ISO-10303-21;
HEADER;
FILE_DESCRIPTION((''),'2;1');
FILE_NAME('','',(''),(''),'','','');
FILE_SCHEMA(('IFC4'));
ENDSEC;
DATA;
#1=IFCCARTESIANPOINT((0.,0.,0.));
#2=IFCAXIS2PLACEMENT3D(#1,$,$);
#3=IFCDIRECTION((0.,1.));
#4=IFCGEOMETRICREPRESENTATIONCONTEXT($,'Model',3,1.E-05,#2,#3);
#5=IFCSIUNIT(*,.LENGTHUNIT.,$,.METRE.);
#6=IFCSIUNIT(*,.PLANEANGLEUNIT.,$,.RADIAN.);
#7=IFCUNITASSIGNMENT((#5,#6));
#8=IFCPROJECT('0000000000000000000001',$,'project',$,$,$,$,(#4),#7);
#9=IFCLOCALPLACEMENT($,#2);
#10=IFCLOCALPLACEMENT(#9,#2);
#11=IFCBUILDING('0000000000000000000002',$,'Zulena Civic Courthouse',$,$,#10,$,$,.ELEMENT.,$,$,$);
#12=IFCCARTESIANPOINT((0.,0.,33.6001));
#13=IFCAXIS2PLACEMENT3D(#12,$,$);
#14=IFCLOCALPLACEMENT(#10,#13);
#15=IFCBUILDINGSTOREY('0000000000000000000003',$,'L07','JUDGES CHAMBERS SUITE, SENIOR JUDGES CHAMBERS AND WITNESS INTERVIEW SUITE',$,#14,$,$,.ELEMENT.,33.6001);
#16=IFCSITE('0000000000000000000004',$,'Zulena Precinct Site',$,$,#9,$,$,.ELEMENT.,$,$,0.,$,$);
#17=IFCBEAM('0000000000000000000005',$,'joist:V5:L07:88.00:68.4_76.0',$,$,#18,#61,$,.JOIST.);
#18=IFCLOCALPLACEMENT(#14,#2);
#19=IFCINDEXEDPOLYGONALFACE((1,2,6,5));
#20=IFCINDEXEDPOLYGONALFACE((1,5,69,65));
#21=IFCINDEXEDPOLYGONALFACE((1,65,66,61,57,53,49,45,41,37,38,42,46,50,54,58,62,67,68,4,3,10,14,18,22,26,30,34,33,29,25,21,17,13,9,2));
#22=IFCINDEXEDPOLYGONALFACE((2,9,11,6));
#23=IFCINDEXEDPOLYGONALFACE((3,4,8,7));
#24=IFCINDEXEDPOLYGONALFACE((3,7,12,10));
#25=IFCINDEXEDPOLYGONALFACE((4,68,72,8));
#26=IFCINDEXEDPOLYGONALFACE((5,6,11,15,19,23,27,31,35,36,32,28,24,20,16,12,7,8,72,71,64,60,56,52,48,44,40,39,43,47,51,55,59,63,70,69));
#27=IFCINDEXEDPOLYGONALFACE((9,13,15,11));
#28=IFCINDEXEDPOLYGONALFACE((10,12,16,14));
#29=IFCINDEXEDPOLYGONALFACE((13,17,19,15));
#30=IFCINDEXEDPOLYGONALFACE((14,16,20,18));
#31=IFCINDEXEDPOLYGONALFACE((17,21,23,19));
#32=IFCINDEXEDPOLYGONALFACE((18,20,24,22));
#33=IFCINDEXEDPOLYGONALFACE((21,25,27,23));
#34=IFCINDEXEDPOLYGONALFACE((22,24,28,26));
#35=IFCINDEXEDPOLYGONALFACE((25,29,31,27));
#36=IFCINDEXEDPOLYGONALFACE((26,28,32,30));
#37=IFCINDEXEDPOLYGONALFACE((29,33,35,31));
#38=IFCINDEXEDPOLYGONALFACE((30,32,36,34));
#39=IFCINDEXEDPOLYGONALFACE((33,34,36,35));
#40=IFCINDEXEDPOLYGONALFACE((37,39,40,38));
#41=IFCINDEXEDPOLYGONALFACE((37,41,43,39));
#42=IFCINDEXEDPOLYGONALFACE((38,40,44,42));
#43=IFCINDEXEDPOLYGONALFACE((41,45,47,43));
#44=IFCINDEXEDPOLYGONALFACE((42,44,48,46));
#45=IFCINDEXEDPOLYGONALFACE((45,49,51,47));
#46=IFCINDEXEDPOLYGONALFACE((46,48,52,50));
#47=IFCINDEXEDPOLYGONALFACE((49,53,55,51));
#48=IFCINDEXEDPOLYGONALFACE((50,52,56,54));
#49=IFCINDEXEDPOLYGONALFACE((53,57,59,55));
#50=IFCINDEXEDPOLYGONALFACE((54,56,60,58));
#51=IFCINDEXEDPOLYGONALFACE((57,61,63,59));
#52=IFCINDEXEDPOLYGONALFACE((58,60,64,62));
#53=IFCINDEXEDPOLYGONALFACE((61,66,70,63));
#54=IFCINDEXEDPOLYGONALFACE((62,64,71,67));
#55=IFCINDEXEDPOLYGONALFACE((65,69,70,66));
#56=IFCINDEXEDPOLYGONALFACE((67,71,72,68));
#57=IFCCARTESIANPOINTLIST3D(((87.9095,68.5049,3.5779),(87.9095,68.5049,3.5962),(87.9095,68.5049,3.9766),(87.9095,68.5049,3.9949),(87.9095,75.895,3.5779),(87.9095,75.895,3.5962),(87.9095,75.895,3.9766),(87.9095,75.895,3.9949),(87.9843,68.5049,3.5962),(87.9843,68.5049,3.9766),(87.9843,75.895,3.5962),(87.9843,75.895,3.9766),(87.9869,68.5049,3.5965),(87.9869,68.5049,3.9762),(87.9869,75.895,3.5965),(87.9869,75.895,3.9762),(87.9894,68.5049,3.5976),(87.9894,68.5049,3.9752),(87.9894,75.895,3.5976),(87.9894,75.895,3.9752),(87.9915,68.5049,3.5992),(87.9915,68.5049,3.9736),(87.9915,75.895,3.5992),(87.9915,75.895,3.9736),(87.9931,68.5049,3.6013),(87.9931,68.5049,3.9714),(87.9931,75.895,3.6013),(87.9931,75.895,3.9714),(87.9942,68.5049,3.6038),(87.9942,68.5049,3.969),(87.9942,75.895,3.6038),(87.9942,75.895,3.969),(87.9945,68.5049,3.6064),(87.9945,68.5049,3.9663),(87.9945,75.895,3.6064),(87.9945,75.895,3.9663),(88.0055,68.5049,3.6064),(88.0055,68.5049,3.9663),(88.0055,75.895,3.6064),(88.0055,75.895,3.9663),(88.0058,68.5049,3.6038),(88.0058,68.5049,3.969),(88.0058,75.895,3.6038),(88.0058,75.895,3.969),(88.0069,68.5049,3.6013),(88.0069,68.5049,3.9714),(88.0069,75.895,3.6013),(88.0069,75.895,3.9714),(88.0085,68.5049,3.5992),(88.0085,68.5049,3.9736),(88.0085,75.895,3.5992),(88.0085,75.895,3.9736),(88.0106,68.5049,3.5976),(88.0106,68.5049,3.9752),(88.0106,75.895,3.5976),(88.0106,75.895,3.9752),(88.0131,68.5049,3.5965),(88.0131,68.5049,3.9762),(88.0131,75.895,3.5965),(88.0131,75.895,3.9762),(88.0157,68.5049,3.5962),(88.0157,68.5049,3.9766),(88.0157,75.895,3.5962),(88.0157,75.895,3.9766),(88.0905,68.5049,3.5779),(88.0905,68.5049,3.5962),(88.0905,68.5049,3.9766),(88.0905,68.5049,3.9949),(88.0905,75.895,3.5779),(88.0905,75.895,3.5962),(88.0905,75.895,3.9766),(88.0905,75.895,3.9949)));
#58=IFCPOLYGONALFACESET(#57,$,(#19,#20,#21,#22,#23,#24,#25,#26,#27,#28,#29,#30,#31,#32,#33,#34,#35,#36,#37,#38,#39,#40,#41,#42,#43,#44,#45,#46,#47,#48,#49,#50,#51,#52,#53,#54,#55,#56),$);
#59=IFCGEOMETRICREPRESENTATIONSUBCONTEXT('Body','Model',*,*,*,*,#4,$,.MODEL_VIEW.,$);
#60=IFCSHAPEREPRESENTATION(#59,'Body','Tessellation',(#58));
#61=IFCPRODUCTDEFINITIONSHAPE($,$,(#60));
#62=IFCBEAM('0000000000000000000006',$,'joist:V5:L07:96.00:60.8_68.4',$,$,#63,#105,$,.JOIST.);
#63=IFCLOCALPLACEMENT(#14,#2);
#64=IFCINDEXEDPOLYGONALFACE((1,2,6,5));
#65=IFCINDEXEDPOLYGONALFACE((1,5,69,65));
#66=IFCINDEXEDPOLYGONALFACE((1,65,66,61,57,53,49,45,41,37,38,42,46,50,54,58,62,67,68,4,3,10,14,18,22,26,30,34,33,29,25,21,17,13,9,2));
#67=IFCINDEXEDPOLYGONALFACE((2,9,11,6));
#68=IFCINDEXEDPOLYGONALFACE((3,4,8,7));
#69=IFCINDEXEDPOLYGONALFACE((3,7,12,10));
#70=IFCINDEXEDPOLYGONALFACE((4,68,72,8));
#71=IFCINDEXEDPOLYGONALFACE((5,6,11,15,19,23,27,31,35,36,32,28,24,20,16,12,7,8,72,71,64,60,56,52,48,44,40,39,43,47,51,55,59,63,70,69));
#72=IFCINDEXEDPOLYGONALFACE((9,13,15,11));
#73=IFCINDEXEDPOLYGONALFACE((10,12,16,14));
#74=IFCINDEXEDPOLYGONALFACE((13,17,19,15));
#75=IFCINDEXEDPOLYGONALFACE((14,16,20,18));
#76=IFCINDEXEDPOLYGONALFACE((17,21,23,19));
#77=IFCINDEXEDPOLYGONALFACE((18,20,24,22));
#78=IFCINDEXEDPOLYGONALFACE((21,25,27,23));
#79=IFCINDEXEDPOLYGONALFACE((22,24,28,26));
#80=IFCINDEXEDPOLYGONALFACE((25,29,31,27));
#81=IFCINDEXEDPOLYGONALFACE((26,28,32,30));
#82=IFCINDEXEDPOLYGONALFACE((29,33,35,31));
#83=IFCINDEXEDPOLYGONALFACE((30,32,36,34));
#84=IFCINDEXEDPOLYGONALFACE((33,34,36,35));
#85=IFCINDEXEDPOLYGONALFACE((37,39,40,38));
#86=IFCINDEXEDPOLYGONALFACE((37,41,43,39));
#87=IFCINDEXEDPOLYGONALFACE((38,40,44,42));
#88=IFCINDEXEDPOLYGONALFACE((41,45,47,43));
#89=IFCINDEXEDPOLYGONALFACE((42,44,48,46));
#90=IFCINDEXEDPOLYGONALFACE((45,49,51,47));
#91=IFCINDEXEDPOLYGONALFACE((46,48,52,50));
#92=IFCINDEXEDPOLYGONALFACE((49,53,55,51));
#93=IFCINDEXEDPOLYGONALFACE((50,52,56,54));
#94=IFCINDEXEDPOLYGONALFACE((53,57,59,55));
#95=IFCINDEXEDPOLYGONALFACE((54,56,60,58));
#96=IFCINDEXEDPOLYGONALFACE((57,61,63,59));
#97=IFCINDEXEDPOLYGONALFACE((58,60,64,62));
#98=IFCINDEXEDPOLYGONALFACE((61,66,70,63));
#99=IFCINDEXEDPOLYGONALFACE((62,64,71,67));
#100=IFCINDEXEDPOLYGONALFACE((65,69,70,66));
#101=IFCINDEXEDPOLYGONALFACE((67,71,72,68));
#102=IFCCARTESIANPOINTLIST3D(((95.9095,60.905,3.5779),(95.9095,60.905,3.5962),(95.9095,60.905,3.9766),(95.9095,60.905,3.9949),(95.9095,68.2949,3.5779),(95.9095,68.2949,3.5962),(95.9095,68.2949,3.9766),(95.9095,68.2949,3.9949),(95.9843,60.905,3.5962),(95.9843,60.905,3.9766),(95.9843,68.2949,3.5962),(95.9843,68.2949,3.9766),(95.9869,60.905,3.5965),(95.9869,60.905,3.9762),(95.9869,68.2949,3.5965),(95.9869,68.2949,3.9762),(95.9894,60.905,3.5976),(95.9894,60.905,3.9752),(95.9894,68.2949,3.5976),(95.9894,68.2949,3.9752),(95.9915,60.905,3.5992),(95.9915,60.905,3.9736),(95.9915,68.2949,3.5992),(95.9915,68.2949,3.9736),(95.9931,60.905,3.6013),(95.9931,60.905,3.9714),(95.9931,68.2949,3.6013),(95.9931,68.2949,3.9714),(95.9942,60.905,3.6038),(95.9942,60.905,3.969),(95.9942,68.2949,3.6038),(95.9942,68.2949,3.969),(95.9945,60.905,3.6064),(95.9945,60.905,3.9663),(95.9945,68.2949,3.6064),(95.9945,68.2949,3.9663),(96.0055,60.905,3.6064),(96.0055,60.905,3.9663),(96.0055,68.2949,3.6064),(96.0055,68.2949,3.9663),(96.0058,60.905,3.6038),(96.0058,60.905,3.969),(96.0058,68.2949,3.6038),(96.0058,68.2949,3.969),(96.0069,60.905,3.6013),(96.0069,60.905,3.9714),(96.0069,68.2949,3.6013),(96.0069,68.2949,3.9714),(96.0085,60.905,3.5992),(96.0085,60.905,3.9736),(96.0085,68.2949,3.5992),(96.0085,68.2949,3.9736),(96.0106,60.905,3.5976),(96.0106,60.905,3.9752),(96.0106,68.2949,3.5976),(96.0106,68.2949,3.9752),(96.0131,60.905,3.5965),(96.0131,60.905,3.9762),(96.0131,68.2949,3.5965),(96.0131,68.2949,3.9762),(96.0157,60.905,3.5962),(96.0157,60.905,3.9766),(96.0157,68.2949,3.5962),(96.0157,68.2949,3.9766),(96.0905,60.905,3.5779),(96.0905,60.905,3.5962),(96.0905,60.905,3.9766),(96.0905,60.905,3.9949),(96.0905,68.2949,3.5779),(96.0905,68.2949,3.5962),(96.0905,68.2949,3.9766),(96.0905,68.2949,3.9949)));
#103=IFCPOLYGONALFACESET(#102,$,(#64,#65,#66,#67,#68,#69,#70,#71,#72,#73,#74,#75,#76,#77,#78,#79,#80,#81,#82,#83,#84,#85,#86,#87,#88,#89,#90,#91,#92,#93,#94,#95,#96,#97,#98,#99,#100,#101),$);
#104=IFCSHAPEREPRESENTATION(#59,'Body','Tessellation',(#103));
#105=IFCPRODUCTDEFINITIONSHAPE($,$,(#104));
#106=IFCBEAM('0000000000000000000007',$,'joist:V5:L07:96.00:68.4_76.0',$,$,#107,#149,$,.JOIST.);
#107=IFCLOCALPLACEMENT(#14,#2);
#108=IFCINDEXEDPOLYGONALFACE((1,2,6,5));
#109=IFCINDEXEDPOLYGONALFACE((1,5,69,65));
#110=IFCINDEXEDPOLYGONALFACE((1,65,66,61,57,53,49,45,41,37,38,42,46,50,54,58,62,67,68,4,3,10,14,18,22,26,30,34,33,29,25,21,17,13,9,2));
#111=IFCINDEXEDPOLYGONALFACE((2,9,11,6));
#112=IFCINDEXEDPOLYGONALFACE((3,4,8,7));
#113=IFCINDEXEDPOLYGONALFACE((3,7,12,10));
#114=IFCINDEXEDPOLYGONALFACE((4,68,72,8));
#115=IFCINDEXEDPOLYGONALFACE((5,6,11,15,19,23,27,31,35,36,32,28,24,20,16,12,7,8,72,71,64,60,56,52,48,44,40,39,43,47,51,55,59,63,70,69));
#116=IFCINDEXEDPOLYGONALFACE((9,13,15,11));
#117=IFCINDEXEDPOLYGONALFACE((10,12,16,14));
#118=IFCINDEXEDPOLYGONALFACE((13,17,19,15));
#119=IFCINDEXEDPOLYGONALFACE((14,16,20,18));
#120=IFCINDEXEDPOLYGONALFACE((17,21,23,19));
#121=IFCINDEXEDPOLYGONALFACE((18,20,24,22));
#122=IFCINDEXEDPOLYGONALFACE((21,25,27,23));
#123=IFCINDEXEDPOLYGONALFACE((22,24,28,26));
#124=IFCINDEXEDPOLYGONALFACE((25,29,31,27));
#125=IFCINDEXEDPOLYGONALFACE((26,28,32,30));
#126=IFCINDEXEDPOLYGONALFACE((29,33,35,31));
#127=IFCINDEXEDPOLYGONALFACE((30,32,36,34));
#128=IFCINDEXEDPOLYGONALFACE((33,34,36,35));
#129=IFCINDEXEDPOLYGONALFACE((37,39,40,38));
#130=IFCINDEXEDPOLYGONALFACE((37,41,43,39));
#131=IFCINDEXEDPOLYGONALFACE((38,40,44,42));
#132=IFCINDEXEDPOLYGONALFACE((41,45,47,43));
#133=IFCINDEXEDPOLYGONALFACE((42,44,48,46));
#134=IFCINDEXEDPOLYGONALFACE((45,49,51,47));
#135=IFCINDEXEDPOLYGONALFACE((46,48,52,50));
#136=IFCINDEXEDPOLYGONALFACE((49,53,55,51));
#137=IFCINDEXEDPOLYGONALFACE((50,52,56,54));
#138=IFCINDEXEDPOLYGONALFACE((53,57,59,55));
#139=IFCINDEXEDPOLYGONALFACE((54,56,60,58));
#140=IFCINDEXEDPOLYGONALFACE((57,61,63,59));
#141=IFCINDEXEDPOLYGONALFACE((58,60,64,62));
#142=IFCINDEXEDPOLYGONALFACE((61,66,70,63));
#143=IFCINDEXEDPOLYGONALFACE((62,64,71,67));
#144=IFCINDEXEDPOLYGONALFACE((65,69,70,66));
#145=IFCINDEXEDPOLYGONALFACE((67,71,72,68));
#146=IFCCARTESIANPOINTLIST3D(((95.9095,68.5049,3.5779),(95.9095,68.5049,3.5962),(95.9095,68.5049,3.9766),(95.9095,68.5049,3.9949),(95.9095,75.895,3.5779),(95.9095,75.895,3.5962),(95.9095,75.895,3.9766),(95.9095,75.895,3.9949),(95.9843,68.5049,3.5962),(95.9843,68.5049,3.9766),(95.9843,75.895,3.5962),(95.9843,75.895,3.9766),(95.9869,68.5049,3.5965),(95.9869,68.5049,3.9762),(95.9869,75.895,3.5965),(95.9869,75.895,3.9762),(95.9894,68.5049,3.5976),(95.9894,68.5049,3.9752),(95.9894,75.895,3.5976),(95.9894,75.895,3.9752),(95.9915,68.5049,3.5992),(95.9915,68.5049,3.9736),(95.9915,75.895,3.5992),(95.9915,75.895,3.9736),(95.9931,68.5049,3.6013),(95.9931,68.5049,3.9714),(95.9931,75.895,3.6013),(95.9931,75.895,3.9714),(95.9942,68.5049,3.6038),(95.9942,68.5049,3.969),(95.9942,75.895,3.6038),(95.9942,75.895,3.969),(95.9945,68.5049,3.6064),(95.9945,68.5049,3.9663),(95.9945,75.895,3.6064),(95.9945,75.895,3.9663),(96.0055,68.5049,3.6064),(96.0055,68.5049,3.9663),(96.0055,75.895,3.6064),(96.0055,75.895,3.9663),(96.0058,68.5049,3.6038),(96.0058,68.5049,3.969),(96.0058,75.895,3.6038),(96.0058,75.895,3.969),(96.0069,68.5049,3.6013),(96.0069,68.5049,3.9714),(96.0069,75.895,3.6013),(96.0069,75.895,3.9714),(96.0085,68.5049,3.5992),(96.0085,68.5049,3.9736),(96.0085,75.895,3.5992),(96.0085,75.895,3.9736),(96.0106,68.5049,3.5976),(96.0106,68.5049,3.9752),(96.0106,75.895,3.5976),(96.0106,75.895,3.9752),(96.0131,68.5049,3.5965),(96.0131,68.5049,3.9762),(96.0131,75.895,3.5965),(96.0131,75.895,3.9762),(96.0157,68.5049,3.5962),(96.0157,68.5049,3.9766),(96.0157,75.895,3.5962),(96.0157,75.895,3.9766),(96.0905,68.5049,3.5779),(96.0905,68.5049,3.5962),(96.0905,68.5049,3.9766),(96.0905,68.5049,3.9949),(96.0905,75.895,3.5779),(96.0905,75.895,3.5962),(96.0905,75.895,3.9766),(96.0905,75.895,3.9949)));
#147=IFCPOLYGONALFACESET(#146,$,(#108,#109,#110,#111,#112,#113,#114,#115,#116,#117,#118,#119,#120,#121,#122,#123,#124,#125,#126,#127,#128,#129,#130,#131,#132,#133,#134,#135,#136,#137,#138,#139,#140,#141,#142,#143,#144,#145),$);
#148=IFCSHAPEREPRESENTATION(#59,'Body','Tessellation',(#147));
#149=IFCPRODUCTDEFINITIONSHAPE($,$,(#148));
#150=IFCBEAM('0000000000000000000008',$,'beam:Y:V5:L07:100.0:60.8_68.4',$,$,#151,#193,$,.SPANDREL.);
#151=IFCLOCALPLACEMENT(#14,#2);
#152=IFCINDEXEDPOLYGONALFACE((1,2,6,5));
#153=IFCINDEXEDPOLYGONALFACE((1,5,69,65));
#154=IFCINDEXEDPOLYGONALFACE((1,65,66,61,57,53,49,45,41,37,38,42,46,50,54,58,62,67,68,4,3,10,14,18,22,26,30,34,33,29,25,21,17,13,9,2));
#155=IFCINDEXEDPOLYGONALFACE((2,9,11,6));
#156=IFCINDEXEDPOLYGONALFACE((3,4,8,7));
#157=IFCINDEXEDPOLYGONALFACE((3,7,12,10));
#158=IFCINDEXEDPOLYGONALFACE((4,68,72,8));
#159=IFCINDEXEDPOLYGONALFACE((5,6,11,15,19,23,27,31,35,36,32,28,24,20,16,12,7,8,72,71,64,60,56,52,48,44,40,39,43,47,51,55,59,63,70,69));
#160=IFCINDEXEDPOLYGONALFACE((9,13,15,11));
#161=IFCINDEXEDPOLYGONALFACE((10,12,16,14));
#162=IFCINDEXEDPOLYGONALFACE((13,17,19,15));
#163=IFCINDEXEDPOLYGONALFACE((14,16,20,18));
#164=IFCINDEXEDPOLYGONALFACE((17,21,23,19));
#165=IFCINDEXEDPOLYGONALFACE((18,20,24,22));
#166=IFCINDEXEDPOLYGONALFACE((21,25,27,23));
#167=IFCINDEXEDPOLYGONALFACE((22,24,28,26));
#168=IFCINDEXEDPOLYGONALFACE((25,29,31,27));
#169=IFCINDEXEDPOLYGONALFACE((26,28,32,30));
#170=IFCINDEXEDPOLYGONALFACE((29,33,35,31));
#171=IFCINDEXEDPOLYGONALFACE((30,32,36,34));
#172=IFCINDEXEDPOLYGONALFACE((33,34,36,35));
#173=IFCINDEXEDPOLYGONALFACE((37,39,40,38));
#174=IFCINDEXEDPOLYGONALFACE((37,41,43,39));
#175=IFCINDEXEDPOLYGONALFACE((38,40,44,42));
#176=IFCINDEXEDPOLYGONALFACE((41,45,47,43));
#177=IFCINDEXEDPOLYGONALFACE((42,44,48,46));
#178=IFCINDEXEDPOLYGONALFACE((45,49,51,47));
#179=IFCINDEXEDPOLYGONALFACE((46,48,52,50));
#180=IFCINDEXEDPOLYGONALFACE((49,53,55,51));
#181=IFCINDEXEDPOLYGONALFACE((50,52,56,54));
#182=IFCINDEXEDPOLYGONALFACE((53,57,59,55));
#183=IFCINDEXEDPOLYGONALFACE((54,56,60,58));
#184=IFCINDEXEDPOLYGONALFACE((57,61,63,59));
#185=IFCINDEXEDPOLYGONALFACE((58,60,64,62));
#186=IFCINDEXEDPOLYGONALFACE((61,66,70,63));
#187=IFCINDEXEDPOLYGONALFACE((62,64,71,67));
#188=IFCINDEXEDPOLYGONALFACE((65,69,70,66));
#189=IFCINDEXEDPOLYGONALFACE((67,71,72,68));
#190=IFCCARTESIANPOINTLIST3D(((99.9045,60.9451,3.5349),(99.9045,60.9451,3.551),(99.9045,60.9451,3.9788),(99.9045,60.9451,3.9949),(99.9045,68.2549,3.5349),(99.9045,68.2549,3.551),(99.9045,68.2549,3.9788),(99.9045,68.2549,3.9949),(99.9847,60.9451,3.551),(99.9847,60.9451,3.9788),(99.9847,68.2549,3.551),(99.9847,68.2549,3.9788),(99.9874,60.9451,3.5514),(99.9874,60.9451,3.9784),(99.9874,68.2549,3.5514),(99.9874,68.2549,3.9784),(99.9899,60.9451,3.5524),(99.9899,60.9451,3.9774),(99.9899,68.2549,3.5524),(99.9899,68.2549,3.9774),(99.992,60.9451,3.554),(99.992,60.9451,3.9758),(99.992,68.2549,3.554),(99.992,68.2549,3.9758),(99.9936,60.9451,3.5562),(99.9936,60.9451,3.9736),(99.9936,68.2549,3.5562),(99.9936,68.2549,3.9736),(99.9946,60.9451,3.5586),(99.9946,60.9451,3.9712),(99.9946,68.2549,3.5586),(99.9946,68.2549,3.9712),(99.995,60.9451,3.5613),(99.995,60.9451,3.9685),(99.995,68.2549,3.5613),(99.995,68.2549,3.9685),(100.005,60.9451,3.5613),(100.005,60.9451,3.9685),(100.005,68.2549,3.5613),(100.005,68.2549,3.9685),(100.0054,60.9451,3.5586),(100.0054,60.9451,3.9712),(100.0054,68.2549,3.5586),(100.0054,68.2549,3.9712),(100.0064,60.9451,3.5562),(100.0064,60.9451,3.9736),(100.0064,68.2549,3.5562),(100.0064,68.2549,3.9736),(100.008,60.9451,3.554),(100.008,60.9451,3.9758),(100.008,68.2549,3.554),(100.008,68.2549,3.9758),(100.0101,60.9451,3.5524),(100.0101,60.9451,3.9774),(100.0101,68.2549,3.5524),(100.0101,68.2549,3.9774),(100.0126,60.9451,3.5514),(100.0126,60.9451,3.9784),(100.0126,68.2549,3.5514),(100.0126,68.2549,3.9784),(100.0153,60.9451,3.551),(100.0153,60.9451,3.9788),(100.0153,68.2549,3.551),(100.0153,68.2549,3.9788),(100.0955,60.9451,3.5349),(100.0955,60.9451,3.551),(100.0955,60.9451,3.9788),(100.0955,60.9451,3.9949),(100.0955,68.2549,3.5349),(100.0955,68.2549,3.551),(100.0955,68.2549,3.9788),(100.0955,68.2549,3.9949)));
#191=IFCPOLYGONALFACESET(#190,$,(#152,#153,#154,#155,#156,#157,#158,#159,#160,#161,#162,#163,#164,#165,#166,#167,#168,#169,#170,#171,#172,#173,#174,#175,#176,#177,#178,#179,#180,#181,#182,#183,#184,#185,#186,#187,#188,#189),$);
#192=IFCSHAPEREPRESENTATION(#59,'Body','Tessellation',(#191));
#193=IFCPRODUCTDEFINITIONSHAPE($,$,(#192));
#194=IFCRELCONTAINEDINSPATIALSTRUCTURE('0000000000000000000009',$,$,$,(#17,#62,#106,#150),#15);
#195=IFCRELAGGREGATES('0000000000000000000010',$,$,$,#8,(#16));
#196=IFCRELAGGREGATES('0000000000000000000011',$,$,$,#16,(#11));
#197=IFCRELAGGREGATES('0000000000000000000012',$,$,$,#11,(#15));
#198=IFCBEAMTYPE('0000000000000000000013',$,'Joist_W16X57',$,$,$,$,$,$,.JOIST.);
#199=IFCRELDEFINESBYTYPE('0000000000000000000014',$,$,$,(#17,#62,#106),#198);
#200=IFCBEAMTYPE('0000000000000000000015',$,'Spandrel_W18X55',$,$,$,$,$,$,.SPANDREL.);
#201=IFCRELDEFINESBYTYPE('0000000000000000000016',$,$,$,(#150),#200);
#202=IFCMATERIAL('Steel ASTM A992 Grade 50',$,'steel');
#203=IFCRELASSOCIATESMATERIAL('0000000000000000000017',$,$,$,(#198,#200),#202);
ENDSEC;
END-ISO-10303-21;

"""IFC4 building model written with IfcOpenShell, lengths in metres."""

from ifc_helpers import new_model, si_unit, direction, frame, origin, origin_2d, place, context, subcontext, project, spatial, i_section, extrude, material, material_profile, profile_set, type_object, element, save


model = new_model("IFC4")

# Units and contexts
model_context = context("Model", 3, precision=1e-05, world=origin(), true_north=direction((0.0, 1.0)))
body_context = subcontext(model_context, "Body", "Model", "MODEL_VIEW")
ifc_project = project(units=[si_unit("LENGTHUNIT", "METRE"), si_unit("PLANEANGLEUNIT", "RADIAN")], contexts=[model_context])

# Site, building, storey
site_placement = place(None, origin())
site = spatial("IfcSite", under=ifc_project, at=site_placement, Name="Zulena Precinct Site", CompositionType="ELEMENT", RefElevation=0.0)
building_placement = place(site_placement, origin())
building = spatial("IfcBuilding", under=site, at=building_placement, Name="Zulena Civic Courthouse", CompositionType="ELEMENT")
storey_placement = place(building_placement, frame((0.0, 0.0, 33.6001)))
storey = spatial("IfcBuildingStorey", under=building, at=storey_placement, Name="L07", Description="JUDGES CHAMBERS SUITE, SENIOR JUDGES CHAMBERS AND WITNESS INTERVIEW SUITE", CompositionType="ELEMENT", Elevation=33.6001)

# Shared definitions
ifc_material_1 = material(Name="Steel ASTM A992 Grade 50", Category="steel")

# Beams
ifc_material_profile_1 = material_profile(ifc_material_1, i_section(OverallWidth=0.1809, OverallDepth=0.417, WebThickness=0.011, FlangeThickness=0.0183, FilletRadius=0.0103, at=origin_2d()), Name="W16X57")
ifc_profile_set_1 = profile_set([ifc_material_profile_1], Name="Steel ASTM A992 Grade 50")
beam_type_1 = type_object("IfcBeamType", Name="Joist_W16X57", PredefinedType="JOIST", material=ifc_profile_set_1)
beam_1_placement = place(storey_placement, frame((88.0, 68.5049, 3.7864), z_axis=(0.0, 1.0, 0.0), x_axis=(-1.0, 0.0, 0.0)))
element("IfcBeam", 1, at=beam_1_placement, inside=storey, type_object=beam_type_1, Name="joist:V5:L07:88.00:68.4_76.0", PredefinedType="JOIST", context=body_context, shape_type="SweptSolid", body=[
    extrude(i_section(OverallWidth=0.1809, OverallDepth=0.417, WebThickness=0.011, FlangeThickness=0.0183, FilletRadius=0.0103, at=origin_2d()), origin(), (0.0, 0.0, 1.0), 7.3901),
])
beam_2_placement = place(storey_placement, frame((96.0, 60.905, 3.7864), z_axis=(0.0, 1.0, 0.0), x_axis=(-1.0, 0.0, 0.0)))
element("IfcBeam", 2, at=beam_2_placement, inside=storey, type_object=beam_type_1, Name="joist:V5:L07:96.00:60.8_68.4", PredefinedType="JOIST", context=body_context, shape_type="SweptSolid", body=[
    extrude(i_section(OverallWidth=0.1809, OverallDepth=0.417, WebThickness=0.011, FlangeThickness=0.0183, FilletRadius=0.0103, at=origin_2d()), origin(), (0.0, 0.0, 1.0), 7.3899),
])
beam_3_placement = place(storey_placement, frame((96.0, 68.5049, 3.7864), z_axis=(0.0, 1.0, 0.0), x_axis=(-1.0, 0.0, 0.0)))
element("IfcBeam", 3, at=beam_3_placement, inside=storey, type_object=beam_type_1, Name="joist:V5:L07:96.00:68.4_76.0", PredefinedType="JOIST", context=body_context, shape_type="SweptSolid", body=[
    extrude(i_section(OverallWidth=0.1809, OverallDepth=0.417, WebThickness=0.011, FlangeThickness=0.0183, FilletRadius=0.0103, at=origin_2d()), origin(), (0.0, 0.0, 1.0), 7.3901),
])
ifc_material_profile_2 = material_profile(ifc_material_1, i_section(OverallWidth=0.1909, OverallDepth=0.46, WebThickness=0.01, FlangeThickness=0.0161, FilletRadius=0.0103, at=origin_2d()), Name="W18X55")
ifc_profile_set_2 = profile_set([ifc_material_profile_2], Name="Steel ASTM A992 Grade 50")
beam_type_2 = type_object("IfcBeamType", Name="Spandrel_W18X55", PredefinedType="SPANDREL", material=ifc_profile_set_2)
beam_4_placement = place(storey_placement, frame((100.0, 60.9451, 3.7649), z_axis=(0.0, 1.0, 0.0), x_axis=(-1.0, 0.0, 0.0)))
element("IfcBeam", 4, at=beam_4_placement, inside=storey, type_object=beam_type_2, Name="beam:Y:V5:L07:100.0:60.8_68.4", PredefinedType="SPANDREL", context=body_context, shape_type="SweptSolid", body=[
    extrude(i_section(OverallWidth=0.1909, OverallDepth=0.46, WebThickness=0.01, FlangeThickness=0.0161, FilletRadius=0.0103, at=origin_2d()), origin(), (0.0, 0.0, 1.0), 7.3098),
])

save(model, "model.ifc")
